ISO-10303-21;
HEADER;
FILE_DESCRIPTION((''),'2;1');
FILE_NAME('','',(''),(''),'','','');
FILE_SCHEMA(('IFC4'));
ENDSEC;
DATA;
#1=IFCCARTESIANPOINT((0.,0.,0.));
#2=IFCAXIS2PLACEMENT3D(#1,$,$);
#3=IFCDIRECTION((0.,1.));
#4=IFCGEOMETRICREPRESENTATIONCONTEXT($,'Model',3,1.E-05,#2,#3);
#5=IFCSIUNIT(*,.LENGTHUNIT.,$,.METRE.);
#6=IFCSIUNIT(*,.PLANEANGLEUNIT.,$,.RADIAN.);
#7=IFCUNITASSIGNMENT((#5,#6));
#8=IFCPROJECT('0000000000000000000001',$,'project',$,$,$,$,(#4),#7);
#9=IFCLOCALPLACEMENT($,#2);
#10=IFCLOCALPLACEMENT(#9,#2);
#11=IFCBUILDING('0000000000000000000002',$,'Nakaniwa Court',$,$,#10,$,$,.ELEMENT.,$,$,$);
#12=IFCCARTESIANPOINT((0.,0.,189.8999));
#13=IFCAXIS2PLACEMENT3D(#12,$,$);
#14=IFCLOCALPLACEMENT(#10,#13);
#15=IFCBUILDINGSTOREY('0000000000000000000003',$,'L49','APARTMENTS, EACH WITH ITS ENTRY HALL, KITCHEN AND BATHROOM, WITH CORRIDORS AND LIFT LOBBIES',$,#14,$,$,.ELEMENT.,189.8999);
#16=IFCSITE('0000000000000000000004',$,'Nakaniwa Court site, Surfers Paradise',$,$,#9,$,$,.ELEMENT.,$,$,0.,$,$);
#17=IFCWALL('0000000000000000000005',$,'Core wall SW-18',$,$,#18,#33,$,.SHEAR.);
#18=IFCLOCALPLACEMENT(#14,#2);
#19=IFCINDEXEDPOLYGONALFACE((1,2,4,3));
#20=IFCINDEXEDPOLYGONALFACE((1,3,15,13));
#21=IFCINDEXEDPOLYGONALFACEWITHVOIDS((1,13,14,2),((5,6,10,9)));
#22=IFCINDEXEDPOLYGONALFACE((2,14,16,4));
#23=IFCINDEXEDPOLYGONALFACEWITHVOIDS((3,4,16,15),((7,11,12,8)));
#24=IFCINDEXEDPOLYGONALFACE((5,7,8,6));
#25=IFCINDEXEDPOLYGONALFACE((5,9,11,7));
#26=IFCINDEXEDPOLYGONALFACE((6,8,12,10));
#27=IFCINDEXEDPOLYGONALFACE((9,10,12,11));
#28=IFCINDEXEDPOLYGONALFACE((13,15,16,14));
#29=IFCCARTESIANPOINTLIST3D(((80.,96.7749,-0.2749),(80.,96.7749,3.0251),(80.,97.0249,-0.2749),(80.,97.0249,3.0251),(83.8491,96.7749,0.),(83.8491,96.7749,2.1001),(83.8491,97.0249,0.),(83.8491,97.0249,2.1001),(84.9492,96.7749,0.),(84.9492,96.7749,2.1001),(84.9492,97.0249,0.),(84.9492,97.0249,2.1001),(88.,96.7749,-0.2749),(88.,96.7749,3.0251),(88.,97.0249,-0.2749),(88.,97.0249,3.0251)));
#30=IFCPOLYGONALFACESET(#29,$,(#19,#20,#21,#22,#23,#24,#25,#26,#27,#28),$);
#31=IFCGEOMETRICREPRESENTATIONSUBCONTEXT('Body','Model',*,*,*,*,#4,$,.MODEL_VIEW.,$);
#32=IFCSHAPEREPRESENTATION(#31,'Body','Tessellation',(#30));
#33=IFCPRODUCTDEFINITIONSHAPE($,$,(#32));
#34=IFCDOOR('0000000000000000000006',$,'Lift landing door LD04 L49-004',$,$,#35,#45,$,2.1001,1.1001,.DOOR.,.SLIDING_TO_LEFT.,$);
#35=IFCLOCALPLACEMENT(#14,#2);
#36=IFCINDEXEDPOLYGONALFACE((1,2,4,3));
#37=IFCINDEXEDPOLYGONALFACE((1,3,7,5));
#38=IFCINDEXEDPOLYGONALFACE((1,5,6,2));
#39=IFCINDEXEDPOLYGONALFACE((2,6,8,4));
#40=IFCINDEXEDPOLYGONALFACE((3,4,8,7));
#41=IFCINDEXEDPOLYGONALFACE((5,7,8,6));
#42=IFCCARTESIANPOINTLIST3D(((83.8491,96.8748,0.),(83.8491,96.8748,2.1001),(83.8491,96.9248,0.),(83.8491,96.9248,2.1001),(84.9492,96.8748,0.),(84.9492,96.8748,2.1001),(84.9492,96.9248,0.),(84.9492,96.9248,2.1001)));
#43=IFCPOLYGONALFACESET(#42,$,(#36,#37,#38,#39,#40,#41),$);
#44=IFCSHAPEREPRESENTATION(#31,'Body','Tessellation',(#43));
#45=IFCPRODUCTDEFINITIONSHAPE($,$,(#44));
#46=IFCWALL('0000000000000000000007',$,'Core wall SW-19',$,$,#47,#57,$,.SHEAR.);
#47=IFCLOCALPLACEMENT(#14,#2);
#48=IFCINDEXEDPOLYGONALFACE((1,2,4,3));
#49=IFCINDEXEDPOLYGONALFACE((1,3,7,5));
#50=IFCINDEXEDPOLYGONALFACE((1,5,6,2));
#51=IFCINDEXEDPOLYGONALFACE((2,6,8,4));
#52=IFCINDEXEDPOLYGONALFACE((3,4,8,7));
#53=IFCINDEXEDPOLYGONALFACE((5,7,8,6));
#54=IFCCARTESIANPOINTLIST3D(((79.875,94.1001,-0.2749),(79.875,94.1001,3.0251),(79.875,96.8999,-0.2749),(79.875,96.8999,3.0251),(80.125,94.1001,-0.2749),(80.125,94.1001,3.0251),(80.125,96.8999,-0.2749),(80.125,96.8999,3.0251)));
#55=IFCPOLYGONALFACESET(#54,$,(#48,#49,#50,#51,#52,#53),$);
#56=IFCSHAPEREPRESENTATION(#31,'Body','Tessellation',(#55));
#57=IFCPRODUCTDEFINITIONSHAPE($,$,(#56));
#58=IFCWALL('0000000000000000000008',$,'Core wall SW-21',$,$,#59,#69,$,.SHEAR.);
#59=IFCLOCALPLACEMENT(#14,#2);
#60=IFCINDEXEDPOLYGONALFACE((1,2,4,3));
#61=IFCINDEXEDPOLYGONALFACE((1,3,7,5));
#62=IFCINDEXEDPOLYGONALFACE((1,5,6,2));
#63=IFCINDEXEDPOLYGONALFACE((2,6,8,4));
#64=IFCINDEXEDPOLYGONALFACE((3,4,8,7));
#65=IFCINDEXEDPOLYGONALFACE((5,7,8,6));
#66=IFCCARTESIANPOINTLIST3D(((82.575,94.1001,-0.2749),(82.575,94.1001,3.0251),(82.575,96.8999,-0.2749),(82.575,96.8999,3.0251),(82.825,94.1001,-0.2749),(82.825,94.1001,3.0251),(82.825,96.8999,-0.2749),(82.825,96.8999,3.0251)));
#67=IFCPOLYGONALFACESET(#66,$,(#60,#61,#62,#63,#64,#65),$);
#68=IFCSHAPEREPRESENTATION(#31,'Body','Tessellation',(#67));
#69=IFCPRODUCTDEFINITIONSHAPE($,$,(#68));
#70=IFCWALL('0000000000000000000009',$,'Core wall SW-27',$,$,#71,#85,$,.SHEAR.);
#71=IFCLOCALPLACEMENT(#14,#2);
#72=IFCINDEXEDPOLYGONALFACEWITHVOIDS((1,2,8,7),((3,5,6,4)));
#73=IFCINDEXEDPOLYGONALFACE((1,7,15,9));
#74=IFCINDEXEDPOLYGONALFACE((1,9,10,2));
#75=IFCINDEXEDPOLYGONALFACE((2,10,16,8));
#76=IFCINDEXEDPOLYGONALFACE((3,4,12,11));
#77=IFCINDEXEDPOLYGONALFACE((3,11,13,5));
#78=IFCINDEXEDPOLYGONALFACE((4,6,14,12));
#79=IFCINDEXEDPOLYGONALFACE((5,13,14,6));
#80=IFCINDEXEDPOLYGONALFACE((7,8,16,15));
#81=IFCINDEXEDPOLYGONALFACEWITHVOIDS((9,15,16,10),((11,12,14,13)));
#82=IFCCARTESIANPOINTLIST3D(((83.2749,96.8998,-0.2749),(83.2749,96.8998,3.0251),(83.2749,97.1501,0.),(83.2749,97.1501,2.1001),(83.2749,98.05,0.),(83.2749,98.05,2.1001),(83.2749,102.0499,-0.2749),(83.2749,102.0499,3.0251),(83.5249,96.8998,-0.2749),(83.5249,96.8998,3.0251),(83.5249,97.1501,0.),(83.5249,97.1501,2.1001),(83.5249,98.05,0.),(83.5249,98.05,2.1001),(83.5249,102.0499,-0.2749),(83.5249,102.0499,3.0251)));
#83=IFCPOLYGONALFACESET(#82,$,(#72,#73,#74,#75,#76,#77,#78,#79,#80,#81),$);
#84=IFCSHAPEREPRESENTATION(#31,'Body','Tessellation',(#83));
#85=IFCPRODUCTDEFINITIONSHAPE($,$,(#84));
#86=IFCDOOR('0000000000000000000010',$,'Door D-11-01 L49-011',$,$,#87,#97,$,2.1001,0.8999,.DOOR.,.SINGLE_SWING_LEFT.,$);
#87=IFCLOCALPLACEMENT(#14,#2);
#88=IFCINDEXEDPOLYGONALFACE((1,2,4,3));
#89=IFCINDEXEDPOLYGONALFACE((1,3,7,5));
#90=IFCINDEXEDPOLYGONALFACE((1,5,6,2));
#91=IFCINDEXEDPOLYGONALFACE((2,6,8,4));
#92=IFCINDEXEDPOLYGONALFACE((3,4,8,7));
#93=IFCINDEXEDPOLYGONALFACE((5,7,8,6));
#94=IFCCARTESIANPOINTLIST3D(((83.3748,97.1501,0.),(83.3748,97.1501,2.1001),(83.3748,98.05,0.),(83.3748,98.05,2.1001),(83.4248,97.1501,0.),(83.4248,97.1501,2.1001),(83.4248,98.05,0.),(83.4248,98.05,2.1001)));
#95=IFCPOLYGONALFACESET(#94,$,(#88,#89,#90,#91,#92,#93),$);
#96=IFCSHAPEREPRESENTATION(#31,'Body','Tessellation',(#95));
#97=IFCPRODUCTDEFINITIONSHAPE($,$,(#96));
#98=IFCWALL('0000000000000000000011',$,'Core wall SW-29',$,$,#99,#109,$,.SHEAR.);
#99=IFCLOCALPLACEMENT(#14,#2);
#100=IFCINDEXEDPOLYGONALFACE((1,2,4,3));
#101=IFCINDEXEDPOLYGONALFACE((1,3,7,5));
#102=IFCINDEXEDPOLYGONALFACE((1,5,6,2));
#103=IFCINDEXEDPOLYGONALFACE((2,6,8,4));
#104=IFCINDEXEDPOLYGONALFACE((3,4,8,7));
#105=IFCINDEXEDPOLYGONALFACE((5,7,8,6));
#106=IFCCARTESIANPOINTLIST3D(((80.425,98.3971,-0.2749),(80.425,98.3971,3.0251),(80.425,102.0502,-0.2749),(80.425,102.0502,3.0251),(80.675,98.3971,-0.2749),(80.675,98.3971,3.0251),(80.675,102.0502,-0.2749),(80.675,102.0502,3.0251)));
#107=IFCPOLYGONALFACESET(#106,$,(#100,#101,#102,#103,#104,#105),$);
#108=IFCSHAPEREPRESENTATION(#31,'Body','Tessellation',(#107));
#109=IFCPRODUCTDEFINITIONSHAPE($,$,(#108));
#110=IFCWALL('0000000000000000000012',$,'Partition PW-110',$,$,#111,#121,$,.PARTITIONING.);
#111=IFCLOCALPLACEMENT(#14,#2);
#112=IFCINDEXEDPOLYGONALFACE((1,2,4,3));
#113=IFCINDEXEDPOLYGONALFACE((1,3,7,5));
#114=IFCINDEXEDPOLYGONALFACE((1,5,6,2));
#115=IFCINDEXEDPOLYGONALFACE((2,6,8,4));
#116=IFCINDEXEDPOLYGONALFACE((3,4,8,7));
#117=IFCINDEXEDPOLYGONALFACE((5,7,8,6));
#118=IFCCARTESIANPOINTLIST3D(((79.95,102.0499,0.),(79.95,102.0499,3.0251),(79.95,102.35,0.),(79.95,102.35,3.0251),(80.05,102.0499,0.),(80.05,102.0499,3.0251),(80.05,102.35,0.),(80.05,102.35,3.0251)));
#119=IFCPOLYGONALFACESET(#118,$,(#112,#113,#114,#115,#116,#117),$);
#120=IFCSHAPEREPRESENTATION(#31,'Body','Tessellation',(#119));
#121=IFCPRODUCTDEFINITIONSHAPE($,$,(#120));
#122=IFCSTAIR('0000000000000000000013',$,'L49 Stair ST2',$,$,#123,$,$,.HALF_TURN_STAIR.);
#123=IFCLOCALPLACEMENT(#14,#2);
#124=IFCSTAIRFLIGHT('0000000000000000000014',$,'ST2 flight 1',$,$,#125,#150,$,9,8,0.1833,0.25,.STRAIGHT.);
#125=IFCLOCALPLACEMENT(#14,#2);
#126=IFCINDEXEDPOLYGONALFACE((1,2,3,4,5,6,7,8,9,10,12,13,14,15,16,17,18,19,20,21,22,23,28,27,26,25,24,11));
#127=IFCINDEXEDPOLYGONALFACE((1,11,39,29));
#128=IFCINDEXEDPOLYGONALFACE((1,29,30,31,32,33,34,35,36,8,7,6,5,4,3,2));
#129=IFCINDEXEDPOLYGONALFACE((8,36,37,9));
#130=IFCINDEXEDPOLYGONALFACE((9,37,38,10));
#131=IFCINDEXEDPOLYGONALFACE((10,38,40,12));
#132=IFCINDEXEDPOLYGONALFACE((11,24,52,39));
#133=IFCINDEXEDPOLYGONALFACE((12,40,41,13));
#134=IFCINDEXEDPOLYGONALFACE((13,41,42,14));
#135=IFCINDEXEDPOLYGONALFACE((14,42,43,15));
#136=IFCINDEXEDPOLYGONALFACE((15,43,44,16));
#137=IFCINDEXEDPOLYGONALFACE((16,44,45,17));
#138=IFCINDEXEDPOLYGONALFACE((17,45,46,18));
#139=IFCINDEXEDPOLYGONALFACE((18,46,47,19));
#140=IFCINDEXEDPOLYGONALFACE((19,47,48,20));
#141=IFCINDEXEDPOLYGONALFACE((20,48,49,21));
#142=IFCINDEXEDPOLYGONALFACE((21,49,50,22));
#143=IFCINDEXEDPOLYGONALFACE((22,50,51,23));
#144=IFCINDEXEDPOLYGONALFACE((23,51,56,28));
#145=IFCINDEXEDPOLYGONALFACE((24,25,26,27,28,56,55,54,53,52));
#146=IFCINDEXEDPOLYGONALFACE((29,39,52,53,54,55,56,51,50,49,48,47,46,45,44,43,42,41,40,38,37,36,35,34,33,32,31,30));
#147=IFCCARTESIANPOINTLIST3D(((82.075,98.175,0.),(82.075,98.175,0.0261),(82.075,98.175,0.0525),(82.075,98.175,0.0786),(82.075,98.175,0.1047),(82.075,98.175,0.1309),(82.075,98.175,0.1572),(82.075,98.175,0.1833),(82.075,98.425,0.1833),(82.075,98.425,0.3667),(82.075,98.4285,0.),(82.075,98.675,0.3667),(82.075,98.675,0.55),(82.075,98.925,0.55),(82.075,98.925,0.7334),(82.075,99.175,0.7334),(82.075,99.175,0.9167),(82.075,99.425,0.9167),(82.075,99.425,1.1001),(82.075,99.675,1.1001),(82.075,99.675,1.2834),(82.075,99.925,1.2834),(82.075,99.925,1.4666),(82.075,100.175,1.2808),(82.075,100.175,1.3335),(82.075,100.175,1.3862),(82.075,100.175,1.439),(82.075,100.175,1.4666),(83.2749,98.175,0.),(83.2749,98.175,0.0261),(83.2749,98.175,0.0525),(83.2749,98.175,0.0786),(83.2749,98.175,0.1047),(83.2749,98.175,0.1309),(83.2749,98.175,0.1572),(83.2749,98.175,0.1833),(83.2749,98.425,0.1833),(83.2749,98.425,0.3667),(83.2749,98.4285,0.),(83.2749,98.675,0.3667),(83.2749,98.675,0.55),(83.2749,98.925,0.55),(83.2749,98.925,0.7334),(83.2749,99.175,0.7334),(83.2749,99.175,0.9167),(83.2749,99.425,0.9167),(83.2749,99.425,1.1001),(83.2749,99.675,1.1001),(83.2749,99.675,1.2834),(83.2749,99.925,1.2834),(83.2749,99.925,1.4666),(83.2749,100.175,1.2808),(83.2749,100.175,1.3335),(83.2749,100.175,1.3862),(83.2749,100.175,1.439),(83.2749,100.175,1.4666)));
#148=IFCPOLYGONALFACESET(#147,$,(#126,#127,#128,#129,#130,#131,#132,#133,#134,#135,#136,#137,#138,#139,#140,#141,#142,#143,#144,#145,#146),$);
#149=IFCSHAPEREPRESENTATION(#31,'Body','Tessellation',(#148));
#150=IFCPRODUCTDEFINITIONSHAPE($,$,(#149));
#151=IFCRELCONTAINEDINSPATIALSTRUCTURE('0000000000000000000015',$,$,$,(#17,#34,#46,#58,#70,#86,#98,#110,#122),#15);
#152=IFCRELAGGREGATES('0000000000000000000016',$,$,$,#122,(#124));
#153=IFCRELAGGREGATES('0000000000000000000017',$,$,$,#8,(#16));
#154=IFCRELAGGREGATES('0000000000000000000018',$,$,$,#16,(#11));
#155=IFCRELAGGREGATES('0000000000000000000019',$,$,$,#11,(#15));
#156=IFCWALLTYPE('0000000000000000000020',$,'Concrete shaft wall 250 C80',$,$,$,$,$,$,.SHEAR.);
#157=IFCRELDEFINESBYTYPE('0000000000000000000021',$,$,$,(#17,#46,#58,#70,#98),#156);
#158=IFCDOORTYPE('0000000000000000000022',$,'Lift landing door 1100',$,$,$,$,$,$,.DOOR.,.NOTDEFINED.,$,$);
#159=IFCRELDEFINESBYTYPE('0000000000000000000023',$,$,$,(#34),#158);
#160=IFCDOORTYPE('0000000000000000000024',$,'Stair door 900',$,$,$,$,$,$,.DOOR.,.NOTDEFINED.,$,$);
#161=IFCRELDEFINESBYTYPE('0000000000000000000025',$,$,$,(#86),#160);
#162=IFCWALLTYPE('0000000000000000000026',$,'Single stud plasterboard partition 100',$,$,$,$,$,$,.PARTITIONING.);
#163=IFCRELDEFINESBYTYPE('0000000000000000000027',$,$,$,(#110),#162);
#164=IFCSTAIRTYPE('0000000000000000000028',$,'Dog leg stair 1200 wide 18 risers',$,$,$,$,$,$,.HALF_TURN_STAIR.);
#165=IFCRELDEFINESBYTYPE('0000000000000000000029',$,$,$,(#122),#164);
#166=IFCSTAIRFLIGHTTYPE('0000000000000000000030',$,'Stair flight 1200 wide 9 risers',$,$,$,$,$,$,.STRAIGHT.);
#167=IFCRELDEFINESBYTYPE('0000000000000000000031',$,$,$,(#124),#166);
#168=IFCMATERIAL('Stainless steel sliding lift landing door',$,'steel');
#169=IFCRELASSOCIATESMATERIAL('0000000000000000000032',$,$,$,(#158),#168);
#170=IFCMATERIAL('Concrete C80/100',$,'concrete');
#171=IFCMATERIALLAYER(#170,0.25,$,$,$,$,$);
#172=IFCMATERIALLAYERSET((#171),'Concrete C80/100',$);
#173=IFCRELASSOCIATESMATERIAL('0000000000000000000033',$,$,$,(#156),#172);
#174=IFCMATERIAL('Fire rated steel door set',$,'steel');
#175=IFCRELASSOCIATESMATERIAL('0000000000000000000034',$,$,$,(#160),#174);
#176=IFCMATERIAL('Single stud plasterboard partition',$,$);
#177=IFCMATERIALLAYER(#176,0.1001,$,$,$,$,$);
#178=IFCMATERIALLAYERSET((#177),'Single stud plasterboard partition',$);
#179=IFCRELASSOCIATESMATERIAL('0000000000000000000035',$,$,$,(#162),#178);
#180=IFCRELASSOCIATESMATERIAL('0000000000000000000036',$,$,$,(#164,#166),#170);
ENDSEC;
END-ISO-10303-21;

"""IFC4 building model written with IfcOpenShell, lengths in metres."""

from ifc_helpers import new_model, si_unit, direction, frame, frame_2d, origin, place, context, subcontext, project, spatial, polyline, rectangle, outline, extrude, material, layer, layer_set, type_object, element, fill, aggregate, save


model = new_model("IFC4")

# Units and contexts
model_context = context("Model", 3, precision=1e-05, world=origin(), true_north=direction((0.0, 1.0)))
body_context = subcontext(model_context, "Body", "Model", "MODEL_VIEW")
ifc_project = project(units=[si_unit("LENGTHUNIT", "METRE"), si_unit("PLANEANGLEUNIT", "RADIAN")], contexts=[model_context])

# Site, building, storey
site_placement = place(None, origin())
site = spatial("IfcSite", under=ifc_project, at=site_placement, Name="Nakaniwa Court site, Surfers Paradise", CompositionType="ELEMENT", RefElevation=0.0)
building_placement = place(site_placement, origin())
building = spatial("IfcBuilding", under=site, at=building_placement, Name="Nakaniwa Court", CompositionType="ELEMENT")
storey_placement = place(building_placement, frame((0.0, 0.0, 189.8999)))
storey = spatial("IfcBuildingStorey", under=building, at=storey_placement, Name="L49", Description="APARTMENTS, EACH WITH ITS ENTRY HALL, KITCHEN AND BATHROOM, WITH CORRIDORS AND LIFT LOBBIES", CompositionType="ELEMENT", Elevation=189.8999)

# Shared definitions
ifc_material_1 = material(Name="Fire rated steel door set", Category="steel")
ifc_material_2 = material(Name="Concrete C80/100", Category="concrete")
ifc_material_3 = material(Name="Stainless steel sliding lift landing door", Category="steel")
door_type_1 = type_object("IfcDoorType", Name="Lift landing door 1100", OperationType="NOTDEFINED", PredefinedType="DOOR", material=ifc_material_3)

# Shared definitions
ifc_layer_1 = layer(ifc_material_2, 0.25)
ifc_layer_set_1 = layer_set([ifc_layer_1], Name="Concrete C80/100")
wall_type_1 = type_object("IfcWallType", Name="Concrete shaft wall 250 C80", PredefinedType="SHEAR", material=ifc_layer_set_1)

# Wall, opening, door
wall_1_placement = place(storey_placement, frame((80.0, 96.8999, -0.2749), z_axis=(0.0, 0.0, 1.0), x_axis=(1.0, 0.0, 0.0)))
wall_1 = element("IfcWall", 1, at=wall_1_placement, inside=storey, type_object=wall_type_1, Name="Core wall SW-18", PredefinedType="SHEAR", context=body_context, shape_type="SweptSolid", body=[
    extrude(rectangle(XDim=8.0, YDim=0.25, at=frame_2d((4.0, 0.0))), origin(), (0.0, 0.0, 1.0), 3.3),
])
opening_1_placement = place(wall_1_placement, frame((3.8491, 0.0, 0.2749)))
opening_1 = element("IfcOpeningElement", 2, at=opening_1_placement, cuts=wall_1, PredefinedType="OPENING", context=body_context, shape_type="SweptSolid", body=[
    extrude(rectangle(XDim=1.1001, YDim=2.1001, at=frame_2d((0.55, 1.05))), frame((0.0, 0.135, 0.0), z_axis=(0.0, -1.0, 0.0), x_axis=(1.0, 0.0, 0.0)), (0.0, 0.0, 1.0), 0.27),
])
door_1_placement = place(opening_1_placement, origin())
door_1 = element("IfcDoor", 3, at=door_1_placement, inside=storey, type_object=door_type_1, Name="Lift landing door LD04 L49-004", OperationType="SLIDING_TO_LEFT", OverallHeight=2.1001, OverallWidth=1.1001, PredefinedType="DOOR", context=body_context, shape_type="SweptSolid", body=[
    extrude(rectangle(XDim=1.1001, YDim=2.1001, at=frame_2d((0.55, 1.05))), frame((0.0, 0.0249, 0.0), z_axis=(0.0, -1.0, 0.0), x_axis=(1.0, 0.0, 0.0)), (0.0, 0.0, 1.0), 0.05),
])
fill(opening_1, door_1)

# Walls
for number, where, z_axis, x_axis, name in (
    (4, (80.0, 94.1001, -0.2749), (0.0, 0.0, 1.0), (0.0, 1.0, 0.0), "Core wall SW-19"),
    (5, (82.7, 94.1001, -0.2749), (0.0, 0.0, 1.0), (0.0, 1.0, 0.0), "Core wall SW-21"),
):
    element("IfcWall", number, at=place(storey_placement, frame(where, z_axis=z_axis, x_axis=x_axis)), inside=storey, type_object=wall_type_1, Name=name, PredefinedType="SHEAR", context=body_context, shape_type="SweptSolid", body=[
        extrude(rectangle(XDim=2.7998, YDim=0.25, at=frame_2d((1.3999, 0.0))), origin(), (0.0, 0.0, 1.0), 3.3),
    ])

# Wall, opening, door
wall_2_placement = place(storey_placement, frame((83.3999, 102.05, -0.2749), z_axis=(0.0, 0.0, 1.0), x_axis=(0.0, -1.0, 0.0)))
wall_2 = element("IfcWall", 6, at=wall_2_placement, inside=storey, type_object=wall_type_1, Name="Core wall SW-27", PredefinedType="SHEAR", context=body_context, shape_type="SweptSolid", body=[
    extrude(rectangle(XDim=5.1501, YDim=0.25, at=frame_2d((2.5752, 0.0))), origin(), (0.0, 0.0, 1.0), 3.3),
])
opening_2_placement = place(wall_2_placement, frame((4.0, 0.0, 0.2749)))
opening_2 = element("IfcOpeningElement", 7, at=opening_2_placement, cuts=wall_2, PredefinedType="OPENING", context=body_context, shape_type="SweptSolid", body=[
    extrude(rectangle(XDim=0.8999, YDim=2.1001, at=frame_2d((0.45, 1.05))), frame((0.0, 0.135, 0.0), z_axis=(0.0, -1.0, 0.0), x_axis=(1.0, 0.0, 0.0)), (0.0, 0.0, 1.0), 0.27),
])
door_type_2 = type_object("IfcDoorType", Name="Stair door 900", OperationType="NOTDEFINED", PredefinedType="DOOR", material=ifc_material_1)
door_2_placement = place(opening_2_placement, origin())
door_2 = element("IfcDoor", 8, at=door_2_placement, inside=storey, type_object=door_type_2, Name="Door D-11-01 L49-011", OperationType="SINGLE_SWING_LEFT", OverallHeight=2.1001, OverallWidth=0.8999, PredefinedType="DOOR", context=body_context, shape_type="SweptSolid", body=[
    extrude(rectangle(XDim=0.8999, YDim=2.1001, at=frame_2d((0.45, 1.05))), frame((0.0, 0.0249, 0.0), z_axis=(0.0, -1.0, 0.0), x_axis=(1.0, 0.0, 0.0)), (0.0, 0.0, 1.0), 0.05),
])
fill(opening_2, door_2)

# Walls
wall_3_placement = place(storey_placement, frame((80.55, 98.397, -0.2749), z_axis=(0.0, 0.0, 1.0), x_axis=(0.0, 1.0, 0.0)))
element("IfcWall", 9, at=wall_3_placement, inside=storey, type_object=wall_type_1, Name="Core wall SW-29", PredefinedType="SHEAR", context=body_context, shape_type="SweptSolid", body=[
    extrude(rectangle(XDim=3.6531, YDim=0.25, at=frame_2d((1.8267, 0.0))), origin(), (0.0, 0.0, 1.0), 3.3),
])
ifc_material_4 = material(Name="Single stud plasterboard partition")
ifc_layer_2 = layer(ifc_material_4, 0.1001)
ifc_layer_set_2 = layer_set([ifc_layer_2], Name="Single stud plasterboard partition")
wall_type_2 = type_object("IfcWallType", Name="Single stud plasterboard partition 100", PredefinedType="PARTITIONING", material=ifc_layer_set_2)
wall_4_placement = place(storey_placement, frame((80.0, 102.05, 0.0), z_axis=(0.0, 0.0, 1.0), x_axis=(0.0, 1.0, 0.0)))
element("IfcWall", 10, at=wall_4_placement, inside=storey, type_object=wall_type_2, Name="Partition PW-110", PredefinedType="PARTITIONING", context=body_context, shape_type="SweptSolid", body=[
    extrude(rectangle(XDim=0.3, YDim=0.1001, at=frame_2d((0.1499, 0.0))), origin(), (0.0, 0.0, 1.0), 3.0251),
])

# Stair, stair flight
stair_type = type_object("IfcStairType", Name="Dog leg stair 1200 wide 18 risers", PredefinedType="HALF_TURN_STAIR", material=ifc_material_2)
stair_placement = place(storey_placement, origin())
stair = element("IfcStair", 11, at=stair_placement, inside=storey, type_object=stair_type, Name="L49 Stair ST2", PredefinedType="HALF_TURN_STAIR")
stair_flight_type = type_object("IfcStairFlightType", Name="Stair flight 1200 wide 9 risers", PredefinedType="STRAIGHT", material=ifc_material_2)
stair_flight_1_placement = place(storey_placement, frame((82.675, 98.175, 0.0), z_axis=(0.0, 0.0, 1.0), x_axis=(0.0, 1.0, 0.0)))
stair_flight_1 = element("IfcStairFlight", 12, at=stair_flight_1_placement, type_object=stair_flight_type, Name="ST2 flight 1", NumberOfRisers=9, NumberOfTreads=8, PredefinedType="STRAIGHT", RiserHeight=0.1833, TreadLength=0.25, context=body_context, shape_type="SweptSolid", body=[
    extrude(outline(polyline([(0.0, 0.0), (0.0, 0.0261), (0.0, 0.0525), (0.0, 0.0786), (0.0, 0.1047), (0.0, 0.1309), (0.0, 0.1572), (0.0, 0.1833), (0.25, 0.1833), (0.25, 0.3667), (0.5, 0.3667), (0.5, 0.55), (0.75, 0.55), (0.75, 0.7334), (1.0, 0.7334), (1.0, 0.9167), (1.25, 0.9167), (1.25, 1.1001), (1.5, 1.1001), (1.5, 1.2834), (1.75, 1.2834), (1.75, 1.4666), (2.0, 1.4666), (2.0, 1.6499), (2.0, 1.5972), (2.0, 1.5444), (2.0, 1.4917), (2.0, 1.439), (2.0, 1.3862), (2.0, 1.3335), (2.0, 1.2808), (0.2534, 0.0), (0.0, 0.0)])), frame((0.0, 0.6001, 0.0), z_axis=(0.0, -1.0, 0.0), x_axis=(1.0, 0.0, 0.0)), (0.0, 0.0, 1.0), 1.2),
])
aggregate(stair, [stair_flight_1])

save(model, "model.ifc")
